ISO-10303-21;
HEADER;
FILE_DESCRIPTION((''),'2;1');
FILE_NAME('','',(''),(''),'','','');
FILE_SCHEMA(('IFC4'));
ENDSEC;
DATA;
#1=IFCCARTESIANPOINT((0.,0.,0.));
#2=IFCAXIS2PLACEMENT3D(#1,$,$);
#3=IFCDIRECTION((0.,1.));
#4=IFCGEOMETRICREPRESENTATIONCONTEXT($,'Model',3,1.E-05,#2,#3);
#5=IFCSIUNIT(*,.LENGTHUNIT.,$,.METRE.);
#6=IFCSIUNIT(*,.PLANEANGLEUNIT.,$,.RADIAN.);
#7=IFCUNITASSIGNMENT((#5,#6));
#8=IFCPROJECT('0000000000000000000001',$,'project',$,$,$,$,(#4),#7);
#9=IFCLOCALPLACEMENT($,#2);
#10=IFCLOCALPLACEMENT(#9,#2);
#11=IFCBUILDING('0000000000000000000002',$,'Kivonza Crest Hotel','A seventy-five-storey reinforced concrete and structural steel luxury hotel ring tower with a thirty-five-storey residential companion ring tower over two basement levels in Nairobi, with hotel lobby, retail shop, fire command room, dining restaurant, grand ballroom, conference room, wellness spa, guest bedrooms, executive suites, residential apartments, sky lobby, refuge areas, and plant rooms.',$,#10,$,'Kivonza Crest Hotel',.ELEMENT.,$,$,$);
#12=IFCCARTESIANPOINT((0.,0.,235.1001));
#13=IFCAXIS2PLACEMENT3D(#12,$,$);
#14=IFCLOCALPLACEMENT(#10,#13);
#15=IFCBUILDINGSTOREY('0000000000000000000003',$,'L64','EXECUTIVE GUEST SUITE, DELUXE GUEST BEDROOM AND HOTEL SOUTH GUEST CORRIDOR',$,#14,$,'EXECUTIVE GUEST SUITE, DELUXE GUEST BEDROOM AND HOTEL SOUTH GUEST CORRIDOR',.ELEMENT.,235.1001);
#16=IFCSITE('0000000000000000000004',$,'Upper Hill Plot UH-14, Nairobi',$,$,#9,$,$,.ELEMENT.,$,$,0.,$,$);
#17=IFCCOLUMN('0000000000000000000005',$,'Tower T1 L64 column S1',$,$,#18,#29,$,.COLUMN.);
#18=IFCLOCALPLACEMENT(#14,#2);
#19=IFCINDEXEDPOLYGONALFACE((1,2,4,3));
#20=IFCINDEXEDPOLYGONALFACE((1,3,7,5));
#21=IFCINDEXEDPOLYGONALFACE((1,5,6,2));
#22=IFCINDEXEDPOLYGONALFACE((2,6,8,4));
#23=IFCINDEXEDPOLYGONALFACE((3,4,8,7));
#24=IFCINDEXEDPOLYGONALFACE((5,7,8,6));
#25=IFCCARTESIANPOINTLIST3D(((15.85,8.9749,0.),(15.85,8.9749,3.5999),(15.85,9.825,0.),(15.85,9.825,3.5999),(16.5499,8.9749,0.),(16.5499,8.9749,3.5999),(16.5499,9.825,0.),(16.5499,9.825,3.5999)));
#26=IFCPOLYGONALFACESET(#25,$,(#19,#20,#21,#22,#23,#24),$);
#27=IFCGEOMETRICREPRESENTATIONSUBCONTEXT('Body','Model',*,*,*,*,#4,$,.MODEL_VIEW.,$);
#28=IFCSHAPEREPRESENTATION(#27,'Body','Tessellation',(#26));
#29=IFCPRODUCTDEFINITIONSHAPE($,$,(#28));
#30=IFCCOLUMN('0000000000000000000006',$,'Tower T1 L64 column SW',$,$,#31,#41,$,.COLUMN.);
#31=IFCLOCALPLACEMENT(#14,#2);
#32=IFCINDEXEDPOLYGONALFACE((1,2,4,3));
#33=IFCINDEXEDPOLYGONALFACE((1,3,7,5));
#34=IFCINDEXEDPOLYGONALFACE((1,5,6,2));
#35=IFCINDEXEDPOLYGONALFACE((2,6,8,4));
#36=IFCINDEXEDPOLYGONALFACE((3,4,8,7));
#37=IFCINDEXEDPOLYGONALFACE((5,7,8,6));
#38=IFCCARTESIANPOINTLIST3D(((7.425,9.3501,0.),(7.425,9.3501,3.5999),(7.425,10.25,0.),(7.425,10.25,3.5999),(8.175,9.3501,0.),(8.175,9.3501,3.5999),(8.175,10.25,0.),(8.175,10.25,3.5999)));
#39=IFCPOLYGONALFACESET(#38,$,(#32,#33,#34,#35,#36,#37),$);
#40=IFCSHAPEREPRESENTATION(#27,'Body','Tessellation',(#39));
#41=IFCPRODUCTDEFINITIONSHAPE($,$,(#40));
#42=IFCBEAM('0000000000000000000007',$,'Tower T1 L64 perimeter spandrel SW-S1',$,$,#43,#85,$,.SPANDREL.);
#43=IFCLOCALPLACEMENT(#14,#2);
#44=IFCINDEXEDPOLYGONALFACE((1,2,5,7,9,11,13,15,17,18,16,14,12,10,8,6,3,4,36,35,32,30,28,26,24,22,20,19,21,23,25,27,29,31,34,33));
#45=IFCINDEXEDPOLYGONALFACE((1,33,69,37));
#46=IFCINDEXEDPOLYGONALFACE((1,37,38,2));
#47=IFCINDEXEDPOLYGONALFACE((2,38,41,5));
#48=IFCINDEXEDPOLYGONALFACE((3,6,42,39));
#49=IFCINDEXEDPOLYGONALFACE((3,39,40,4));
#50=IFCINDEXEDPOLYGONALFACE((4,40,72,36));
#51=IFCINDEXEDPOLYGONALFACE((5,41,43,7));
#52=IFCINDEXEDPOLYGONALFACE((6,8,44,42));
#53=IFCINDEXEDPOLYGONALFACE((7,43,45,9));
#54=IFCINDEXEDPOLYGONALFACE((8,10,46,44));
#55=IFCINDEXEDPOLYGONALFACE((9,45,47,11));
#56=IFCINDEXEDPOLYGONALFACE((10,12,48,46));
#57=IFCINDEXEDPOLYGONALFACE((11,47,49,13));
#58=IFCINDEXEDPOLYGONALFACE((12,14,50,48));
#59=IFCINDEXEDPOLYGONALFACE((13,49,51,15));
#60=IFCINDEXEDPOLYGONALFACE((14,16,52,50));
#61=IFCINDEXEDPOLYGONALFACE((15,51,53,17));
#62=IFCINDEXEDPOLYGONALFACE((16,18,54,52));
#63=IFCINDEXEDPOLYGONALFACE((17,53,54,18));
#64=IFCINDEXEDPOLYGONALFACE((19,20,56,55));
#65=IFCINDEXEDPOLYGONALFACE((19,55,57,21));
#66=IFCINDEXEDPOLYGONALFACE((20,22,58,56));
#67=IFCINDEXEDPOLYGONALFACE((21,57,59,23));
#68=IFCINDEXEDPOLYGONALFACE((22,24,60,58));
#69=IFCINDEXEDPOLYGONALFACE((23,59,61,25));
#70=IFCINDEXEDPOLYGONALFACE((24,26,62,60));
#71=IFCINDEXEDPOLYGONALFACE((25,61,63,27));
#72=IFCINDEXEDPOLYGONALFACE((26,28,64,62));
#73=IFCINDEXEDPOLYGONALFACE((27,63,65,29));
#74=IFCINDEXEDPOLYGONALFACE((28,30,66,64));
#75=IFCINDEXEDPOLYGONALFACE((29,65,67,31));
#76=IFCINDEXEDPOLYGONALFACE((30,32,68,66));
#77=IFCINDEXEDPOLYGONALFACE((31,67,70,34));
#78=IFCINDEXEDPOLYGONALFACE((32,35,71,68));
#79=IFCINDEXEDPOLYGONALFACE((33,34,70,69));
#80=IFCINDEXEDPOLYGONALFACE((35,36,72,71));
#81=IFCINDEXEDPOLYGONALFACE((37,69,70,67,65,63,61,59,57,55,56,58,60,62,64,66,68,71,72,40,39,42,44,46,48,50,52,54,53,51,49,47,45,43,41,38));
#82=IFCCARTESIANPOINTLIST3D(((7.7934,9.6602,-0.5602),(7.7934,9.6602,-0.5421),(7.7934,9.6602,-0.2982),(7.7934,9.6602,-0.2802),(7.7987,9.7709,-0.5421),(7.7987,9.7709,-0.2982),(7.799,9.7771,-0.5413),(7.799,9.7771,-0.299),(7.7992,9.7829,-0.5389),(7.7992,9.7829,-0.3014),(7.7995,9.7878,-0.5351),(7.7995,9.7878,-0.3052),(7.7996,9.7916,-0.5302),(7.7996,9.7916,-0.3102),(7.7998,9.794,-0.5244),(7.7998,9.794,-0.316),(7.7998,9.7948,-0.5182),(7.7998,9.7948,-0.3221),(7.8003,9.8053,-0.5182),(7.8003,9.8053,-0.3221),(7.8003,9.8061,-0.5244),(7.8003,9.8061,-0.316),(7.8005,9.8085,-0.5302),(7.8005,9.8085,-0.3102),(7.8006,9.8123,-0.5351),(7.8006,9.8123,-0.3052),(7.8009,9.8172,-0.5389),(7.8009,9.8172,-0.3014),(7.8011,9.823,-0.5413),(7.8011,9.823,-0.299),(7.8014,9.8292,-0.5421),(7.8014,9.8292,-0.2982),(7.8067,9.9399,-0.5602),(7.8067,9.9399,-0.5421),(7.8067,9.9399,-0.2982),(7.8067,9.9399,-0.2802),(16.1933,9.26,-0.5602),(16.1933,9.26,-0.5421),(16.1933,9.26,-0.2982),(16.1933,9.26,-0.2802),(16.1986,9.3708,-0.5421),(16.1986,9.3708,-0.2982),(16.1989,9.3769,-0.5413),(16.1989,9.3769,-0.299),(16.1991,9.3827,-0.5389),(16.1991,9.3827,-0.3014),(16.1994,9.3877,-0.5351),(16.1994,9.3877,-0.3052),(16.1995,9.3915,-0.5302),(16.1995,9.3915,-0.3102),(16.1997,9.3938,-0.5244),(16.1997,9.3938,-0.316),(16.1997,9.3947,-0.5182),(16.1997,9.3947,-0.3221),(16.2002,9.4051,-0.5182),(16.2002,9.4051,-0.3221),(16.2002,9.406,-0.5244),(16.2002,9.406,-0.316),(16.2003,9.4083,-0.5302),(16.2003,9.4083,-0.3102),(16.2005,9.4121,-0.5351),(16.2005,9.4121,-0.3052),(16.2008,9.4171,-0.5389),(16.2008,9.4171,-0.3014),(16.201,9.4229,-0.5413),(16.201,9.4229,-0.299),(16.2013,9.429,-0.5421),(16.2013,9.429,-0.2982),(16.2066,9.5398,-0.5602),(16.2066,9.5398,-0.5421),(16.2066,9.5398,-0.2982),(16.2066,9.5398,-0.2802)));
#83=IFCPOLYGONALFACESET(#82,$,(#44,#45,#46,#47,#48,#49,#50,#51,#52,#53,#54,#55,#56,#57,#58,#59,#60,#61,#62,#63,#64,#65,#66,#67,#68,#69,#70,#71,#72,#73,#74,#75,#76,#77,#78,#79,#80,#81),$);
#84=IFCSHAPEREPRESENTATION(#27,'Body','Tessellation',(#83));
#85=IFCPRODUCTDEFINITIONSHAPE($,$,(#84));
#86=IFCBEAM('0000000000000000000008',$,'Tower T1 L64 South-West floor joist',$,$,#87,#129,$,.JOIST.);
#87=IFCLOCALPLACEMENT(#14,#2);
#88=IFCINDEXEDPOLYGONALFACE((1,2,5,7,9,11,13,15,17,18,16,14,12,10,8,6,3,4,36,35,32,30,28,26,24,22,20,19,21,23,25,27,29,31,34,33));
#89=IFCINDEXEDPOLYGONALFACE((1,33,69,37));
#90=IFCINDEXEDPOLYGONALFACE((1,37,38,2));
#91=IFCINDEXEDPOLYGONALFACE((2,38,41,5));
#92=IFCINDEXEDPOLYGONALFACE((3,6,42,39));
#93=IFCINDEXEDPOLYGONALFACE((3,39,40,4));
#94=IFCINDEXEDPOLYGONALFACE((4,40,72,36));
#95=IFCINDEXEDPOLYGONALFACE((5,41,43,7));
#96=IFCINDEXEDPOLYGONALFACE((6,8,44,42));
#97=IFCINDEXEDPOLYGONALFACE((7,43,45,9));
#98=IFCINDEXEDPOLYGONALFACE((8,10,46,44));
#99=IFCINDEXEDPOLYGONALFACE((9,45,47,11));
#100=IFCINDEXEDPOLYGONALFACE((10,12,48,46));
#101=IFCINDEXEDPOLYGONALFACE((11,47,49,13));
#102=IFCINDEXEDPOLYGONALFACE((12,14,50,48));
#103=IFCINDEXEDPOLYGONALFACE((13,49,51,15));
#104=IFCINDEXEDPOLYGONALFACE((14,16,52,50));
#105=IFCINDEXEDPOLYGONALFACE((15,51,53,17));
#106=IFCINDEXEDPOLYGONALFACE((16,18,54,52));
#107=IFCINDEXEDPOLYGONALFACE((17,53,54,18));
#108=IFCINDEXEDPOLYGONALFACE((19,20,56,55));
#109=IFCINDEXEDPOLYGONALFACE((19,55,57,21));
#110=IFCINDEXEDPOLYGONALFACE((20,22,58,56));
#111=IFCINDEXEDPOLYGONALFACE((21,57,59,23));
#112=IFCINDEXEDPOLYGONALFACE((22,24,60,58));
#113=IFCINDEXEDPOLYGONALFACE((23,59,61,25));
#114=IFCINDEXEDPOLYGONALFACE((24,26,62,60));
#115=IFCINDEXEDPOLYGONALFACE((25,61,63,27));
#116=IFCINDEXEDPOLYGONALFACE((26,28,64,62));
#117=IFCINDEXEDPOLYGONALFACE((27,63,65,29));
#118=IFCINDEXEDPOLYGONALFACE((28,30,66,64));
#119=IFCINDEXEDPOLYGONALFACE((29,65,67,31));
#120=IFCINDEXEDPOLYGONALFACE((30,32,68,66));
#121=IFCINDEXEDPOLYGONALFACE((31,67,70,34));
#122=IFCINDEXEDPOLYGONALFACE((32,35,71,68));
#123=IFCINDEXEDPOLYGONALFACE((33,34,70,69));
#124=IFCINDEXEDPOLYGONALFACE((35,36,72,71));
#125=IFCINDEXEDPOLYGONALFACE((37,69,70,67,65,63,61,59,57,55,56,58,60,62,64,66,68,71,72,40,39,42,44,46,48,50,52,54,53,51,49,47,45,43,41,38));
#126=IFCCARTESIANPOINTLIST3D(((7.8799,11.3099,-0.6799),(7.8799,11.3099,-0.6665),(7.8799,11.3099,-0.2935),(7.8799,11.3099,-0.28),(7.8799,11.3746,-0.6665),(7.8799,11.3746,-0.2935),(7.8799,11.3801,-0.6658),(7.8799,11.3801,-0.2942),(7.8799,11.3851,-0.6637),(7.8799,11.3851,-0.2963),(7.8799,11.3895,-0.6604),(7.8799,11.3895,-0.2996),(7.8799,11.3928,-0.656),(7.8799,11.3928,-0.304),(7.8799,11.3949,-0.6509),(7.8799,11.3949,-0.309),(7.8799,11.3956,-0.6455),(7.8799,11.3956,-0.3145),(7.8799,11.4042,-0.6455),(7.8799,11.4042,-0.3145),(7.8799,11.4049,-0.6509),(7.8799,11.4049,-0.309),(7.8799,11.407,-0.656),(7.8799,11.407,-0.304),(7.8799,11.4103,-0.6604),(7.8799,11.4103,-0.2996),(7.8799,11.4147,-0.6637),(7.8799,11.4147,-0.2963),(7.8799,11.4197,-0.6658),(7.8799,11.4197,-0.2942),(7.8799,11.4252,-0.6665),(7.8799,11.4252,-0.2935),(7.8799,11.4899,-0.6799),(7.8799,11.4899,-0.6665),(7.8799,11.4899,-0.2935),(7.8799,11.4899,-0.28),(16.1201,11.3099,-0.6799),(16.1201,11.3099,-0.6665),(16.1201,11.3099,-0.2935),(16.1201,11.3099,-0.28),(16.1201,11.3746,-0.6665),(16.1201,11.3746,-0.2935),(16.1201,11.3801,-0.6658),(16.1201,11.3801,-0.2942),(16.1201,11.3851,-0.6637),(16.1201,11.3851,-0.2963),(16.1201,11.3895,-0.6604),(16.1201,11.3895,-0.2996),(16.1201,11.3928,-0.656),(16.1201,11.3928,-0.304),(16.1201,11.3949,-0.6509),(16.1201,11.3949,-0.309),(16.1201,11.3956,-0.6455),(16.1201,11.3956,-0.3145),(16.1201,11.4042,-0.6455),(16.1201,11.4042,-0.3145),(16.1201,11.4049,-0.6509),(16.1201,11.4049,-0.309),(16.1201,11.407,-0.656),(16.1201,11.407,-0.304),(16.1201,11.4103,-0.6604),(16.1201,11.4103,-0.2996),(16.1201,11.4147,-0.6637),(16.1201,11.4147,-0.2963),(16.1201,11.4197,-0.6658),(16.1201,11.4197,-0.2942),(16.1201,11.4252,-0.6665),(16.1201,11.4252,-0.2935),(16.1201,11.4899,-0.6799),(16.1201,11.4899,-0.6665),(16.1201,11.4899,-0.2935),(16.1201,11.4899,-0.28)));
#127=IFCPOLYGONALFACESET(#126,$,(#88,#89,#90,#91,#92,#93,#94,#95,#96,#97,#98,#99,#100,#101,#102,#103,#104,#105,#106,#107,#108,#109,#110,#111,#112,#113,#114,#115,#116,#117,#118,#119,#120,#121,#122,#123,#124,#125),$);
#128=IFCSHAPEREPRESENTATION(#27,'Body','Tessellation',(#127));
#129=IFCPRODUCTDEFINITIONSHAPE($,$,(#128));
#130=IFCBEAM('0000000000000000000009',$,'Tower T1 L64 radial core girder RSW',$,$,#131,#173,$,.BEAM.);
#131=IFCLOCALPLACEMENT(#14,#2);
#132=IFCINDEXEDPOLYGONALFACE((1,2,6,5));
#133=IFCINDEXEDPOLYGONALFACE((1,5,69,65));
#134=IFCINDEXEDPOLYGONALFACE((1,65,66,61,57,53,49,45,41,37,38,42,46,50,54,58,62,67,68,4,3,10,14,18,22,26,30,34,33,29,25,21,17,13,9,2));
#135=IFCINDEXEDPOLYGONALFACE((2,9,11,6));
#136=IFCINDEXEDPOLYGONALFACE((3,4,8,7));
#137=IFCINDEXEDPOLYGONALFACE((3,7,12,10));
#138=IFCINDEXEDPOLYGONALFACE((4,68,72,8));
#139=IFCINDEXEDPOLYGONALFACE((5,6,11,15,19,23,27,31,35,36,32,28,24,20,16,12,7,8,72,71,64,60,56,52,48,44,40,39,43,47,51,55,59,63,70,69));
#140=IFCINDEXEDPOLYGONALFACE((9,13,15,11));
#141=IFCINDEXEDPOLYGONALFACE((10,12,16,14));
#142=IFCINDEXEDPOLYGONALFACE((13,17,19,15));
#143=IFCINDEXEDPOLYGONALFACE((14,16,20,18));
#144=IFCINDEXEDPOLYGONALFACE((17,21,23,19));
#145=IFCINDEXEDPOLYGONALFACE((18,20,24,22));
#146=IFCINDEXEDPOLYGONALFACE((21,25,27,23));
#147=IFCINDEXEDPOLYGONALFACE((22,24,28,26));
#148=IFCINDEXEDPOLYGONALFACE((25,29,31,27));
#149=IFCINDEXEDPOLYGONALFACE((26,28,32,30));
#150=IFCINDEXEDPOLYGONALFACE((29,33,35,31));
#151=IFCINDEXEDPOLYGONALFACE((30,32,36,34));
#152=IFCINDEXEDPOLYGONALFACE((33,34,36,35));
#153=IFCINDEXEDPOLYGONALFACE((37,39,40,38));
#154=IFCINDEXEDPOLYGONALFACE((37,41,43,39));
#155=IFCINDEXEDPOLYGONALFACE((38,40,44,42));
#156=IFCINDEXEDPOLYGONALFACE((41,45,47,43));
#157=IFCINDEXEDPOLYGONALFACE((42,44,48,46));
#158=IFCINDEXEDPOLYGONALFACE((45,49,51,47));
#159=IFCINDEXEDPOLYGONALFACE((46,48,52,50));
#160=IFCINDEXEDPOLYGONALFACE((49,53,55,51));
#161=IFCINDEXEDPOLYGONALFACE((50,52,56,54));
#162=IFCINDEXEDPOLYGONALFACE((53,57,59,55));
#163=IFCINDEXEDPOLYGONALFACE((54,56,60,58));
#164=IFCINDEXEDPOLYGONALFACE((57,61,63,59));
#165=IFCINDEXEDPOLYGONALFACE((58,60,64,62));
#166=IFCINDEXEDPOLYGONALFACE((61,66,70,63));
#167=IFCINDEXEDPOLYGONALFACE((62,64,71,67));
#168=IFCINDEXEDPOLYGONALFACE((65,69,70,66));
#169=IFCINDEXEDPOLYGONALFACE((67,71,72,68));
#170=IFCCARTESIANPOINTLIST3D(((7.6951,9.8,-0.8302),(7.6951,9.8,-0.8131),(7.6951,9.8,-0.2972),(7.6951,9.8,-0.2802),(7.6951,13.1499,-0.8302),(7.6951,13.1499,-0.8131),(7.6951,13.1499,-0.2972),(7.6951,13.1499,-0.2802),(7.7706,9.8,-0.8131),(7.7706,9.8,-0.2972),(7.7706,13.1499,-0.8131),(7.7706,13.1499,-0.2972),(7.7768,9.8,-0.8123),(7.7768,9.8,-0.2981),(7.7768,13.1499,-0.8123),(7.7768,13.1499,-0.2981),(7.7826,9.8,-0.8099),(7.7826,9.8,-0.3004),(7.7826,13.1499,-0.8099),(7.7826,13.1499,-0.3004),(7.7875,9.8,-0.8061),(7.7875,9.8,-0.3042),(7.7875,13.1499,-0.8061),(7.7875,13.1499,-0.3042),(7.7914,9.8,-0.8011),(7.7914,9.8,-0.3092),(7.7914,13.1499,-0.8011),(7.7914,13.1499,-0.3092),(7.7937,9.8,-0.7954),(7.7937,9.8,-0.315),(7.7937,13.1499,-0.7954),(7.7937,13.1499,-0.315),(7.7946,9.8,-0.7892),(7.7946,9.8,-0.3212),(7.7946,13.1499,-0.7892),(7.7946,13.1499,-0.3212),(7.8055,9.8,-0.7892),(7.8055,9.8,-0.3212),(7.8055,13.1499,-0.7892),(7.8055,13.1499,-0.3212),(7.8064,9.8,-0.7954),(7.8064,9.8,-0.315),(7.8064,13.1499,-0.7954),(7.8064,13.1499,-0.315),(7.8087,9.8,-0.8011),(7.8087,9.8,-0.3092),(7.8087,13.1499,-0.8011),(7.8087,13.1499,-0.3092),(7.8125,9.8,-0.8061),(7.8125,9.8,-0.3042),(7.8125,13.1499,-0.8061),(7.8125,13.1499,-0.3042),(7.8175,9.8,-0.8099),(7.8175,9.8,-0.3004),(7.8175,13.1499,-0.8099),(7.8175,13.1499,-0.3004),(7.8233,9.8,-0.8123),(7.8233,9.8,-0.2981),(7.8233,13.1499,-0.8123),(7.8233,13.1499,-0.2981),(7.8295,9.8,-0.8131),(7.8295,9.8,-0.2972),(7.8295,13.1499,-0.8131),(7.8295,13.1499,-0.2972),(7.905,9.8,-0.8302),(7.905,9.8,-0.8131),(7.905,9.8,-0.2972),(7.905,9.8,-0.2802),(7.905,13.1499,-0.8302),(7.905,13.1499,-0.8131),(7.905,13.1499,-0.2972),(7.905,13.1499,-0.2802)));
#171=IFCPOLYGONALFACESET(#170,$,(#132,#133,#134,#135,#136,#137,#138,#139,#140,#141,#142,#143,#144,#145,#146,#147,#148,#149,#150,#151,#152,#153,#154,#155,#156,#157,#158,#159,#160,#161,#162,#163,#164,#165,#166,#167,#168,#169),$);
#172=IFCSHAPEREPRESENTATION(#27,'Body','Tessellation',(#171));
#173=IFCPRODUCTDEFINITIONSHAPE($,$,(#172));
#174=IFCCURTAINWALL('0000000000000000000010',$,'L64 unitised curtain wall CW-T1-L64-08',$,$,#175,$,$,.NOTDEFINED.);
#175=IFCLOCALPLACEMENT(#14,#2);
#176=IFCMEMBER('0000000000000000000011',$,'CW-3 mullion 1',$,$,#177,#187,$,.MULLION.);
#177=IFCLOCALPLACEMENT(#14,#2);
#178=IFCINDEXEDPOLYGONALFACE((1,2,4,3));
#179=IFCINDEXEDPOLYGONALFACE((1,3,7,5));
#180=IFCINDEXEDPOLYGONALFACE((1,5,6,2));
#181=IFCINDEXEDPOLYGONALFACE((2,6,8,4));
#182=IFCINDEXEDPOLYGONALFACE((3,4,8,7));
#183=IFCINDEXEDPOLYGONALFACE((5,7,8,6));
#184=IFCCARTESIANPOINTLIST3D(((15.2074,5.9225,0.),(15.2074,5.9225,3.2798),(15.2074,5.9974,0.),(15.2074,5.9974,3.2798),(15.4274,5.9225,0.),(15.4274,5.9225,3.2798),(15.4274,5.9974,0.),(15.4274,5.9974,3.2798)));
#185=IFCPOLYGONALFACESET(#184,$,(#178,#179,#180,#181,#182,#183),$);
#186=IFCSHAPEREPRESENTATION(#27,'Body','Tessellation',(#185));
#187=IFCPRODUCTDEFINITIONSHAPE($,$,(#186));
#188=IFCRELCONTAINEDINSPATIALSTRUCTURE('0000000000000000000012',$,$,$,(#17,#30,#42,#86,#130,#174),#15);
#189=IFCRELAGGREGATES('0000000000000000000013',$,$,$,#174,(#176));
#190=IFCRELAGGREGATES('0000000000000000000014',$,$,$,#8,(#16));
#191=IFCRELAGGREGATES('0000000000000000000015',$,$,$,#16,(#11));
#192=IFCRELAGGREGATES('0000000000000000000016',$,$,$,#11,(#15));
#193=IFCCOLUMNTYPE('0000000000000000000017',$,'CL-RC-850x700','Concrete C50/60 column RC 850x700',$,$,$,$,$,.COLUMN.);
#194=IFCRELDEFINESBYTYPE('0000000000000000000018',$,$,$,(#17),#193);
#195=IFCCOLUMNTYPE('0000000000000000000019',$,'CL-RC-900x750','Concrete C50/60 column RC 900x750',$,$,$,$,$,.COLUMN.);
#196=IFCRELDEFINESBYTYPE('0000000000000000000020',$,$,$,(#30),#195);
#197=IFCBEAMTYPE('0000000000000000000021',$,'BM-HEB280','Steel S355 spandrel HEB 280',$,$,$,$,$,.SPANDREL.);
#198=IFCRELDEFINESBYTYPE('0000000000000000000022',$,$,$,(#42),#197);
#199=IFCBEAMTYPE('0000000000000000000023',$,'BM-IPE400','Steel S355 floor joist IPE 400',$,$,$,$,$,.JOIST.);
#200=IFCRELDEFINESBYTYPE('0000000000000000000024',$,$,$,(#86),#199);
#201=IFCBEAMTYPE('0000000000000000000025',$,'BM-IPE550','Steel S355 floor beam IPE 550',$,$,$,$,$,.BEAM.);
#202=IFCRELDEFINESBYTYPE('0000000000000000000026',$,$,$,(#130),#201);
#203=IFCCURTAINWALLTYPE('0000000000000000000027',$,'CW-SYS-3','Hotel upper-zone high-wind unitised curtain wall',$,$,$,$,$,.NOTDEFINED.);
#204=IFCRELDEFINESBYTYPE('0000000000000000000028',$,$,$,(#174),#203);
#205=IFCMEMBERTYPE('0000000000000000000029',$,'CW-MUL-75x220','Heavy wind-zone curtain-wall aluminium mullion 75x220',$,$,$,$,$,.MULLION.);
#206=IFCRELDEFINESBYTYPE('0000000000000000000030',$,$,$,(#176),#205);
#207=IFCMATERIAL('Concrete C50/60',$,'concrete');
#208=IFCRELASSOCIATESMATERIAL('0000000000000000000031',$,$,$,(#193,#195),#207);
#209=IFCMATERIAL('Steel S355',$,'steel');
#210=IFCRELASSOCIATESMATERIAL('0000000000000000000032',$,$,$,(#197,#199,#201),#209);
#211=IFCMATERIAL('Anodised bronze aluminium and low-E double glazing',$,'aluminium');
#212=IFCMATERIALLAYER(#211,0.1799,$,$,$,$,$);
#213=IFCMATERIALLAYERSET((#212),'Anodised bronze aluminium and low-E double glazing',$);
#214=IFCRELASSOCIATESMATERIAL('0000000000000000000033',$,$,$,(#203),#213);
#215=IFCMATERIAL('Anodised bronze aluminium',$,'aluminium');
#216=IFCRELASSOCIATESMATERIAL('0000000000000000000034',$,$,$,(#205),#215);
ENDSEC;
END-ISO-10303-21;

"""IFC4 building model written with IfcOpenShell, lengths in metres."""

from ifc_helpers import new_model, si_unit, direction, frame, origin, origin_2d, place, context, subcontext, project, spatial, rectangle, i_section, extrude, material, layer, layer_set, material_profile, profile_set, type_object, element, aggregate, save


model = new_model("IFC4")

# Units and contexts
model_context = context("Model", 3, precision=1e-05, world=origin(), true_north=direction((0.0, 1.0)))
body_context = subcontext(model_context, "Body", "Model", "MODEL_VIEW")
ifc_project = project(units=[si_unit("LENGTHUNIT", "METRE"), si_unit("PLANEANGLEUNIT", "RADIAN")], contexts=[model_context])

# Site, building, storey
site_placement = place(None, origin())
site = spatial("IfcSite", under=ifc_project, at=site_placement, Name="Upper Hill Plot UH-14, Nairobi", CompositionType="ELEMENT", RefElevation=0.0)
building_placement = place(site_placement, origin())
building = spatial("IfcBuilding", under=site, at=building_placement, Name="Kivonza Crest Hotel", Description="A seventy-five-storey reinforced concrete and structural steel luxury hotel ring tower with a thirty-five-storey residential companion ring tower over two basement levels in Nairobi, with hotel lobby, retail shop, fire command room, dining restaurant, grand ballroom, conference room, wellness spa, guest bedrooms, executive suites, residential apartments, sky lobby, refuge areas, and plant rooms.", LongName="Kivonza Crest Hotel", CompositionType="ELEMENT")
storey_placement = place(building_placement, frame((0.0, 0.0, 235.1001)))
storey = spatial("IfcBuildingStorey", under=building, at=storey_placement, Name="L64", Description="EXECUTIVE GUEST SUITE, DELUXE GUEST BEDROOM AND HOTEL SOUTH GUEST CORRIDOR", LongName="EXECUTIVE GUEST SUITE, DELUXE GUEST BEDROOM AND HOTEL SOUTH GUEST CORRIDOR", CompositionType="ELEMENT", Elevation=235.1001)

# Columns
ifc_material_1 = material(Name="Concrete C50/60", Category="concrete")
ifc_material_profile_1 = material_profile(ifc_material_1, rectangle(XDim=0.7, YDim=0.8501, at=origin_2d()), Name="RC 850x700")
ifc_profile_set_1 = profile_set([ifc_material_profile_1], Name="Concrete C50/60")
column_type_1 = type_object("IfcColumnType", Name="CL-RC-850x700", Description="Concrete C50/60 column RC 850x700", PredefinedType="COLUMN", material=ifc_profile_set_1)
column_1_placement = place(storey_placement, frame((16.2, 9.3999, 0.0), z_axis=(0.0, 0.0, 1.0), x_axis=(1.0, 0.0, 0.0)))
element("IfcColumn", 1, at=column_1_placement, inside=storey, type_object=column_type_1, Name="Tower T1 L64 column S1", PredefinedType="COLUMN", context=body_context, shape_type="SweptSolid", body=[
    extrude(rectangle(XDim=0.7, YDim=0.8501, at=origin_2d()), origin(), (0.0, 0.0, 1.0), 3.5999),
])
ifc_material_profile_2 = material_profile(ifc_material_1, rectangle(XDim=0.75, YDim=0.8999, at=origin_2d()), Name="RC 900x750")
ifc_profile_set_2 = profile_set([ifc_material_profile_2], Name="Concrete C50/60")
column_type_2 = type_object("IfcColumnType", Name="CL-RC-900x750", Description="Concrete C50/60 column RC 900x750", PredefinedType="COLUMN", material=ifc_profile_set_2)
column_2_placement = place(storey_placement, frame((7.8, 9.8, 0.0), z_axis=(0.0, 0.0, 1.0), x_axis=(1.0, 0.0, 0.0)))
element("IfcColumn", 2, at=column_2_placement, inside=storey, type_object=column_type_2, Name="Tower T1 L64 column SW", PredefinedType="COLUMN", context=body_context, shape_type="SweptSolid", body=[
    extrude(rectangle(XDim=0.75, YDim=0.8999, at=origin_2d()), origin(), (0.0, 0.0, 1.0), 3.5999),
])

# Beams
ifc_material_2 = material(Name="Steel S355", Category="steel")
ifc_material_profile_3 = material_profile(ifc_material_2, i_section(OverallWidth=0.28, OverallDepth=0.28, WebThickness=0.0105, FlangeThickness=0.0181, FilletRadius=0.0239, at=origin_2d()), Name="HEB 280")
ifc_profile_set_3 = profile_set([ifc_material_profile_3], Name="Steel S355")
beam_type_1 = type_object("IfcBeamType", Name="BM-HEB280", Description="Steel S355 spandrel HEB 280", PredefinedType="SPANDREL", material=ifc_profile_set_3)
beam_1_placement = place(storey_placement, frame((7.8, 9.8, -0.4202), z_axis=(0.998867, -0.047583, 0.0), x_axis=(0.047583, 0.998867, 0.0)))
element("IfcBeam", 3, at=beam_1_placement, inside=storey, type_object=beam_type_1, Name="Tower T1 L64 perimeter spandrel SW-S1", PredefinedType="SPANDREL", context=body_context, shape_type="SweptSolid", body=[
    extrude(i_section(OverallWidth=0.28, OverallDepth=0.28, WebThickness=0.0105, FlangeThickness=0.0181, FilletRadius=0.0239, at=origin_2d()), origin(), (0.0, 0.0, 1.0), 8.4094),
])
ifc_material_profile_4 = material_profile(ifc_material_2, i_section(OverallWidth=0.1799, OverallDepth=0.3999, WebThickness=0.0085, FlangeThickness=0.0134, FilletRadius=0.021, at=origin_2d()), Name="IPE 400")
ifc_profile_set_4 = profile_set([ifc_material_profile_4], Name="Steel S355")
beam_type_2 = type_object("IfcBeamType", Name="BM-IPE400", Description="Steel S355 floor joist IPE 400", PredefinedType="JOIST", material=ifc_profile_set_4)
beam_2_placement = place(storey_placement, frame((7.8799, 11.3999, -0.48), z_axis=(1.0, 0.0, 0.0), x_axis=(0.0, 1.0, 0.0)))
element("IfcBeam", 4, at=beam_2_placement, inside=storey, type_object=beam_type_2, Name="Tower T1 L64 South-West floor joist", PredefinedType="JOIST", context=body_context, shape_type="SweptSolid", body=[
    extrude(i_section(OverallWidth=0.1799, OverallDepth=0.3999, WebThickness=0.0085, FlangeThickness=0.0134, FilletRadius=0.021, at=origin_2d()), origin(), (0.0, 0.0, 1.0), 8.2402),
])
ifc_material_profile_5 = material_profile(ifc_material_2, i_section(OverallWidth=0.21, OverallDepth=0.55, WebThickness=0.011, FlangeThickness=0.0171, FilletRadius=0.0239, at=origin_2d()), Name="IPE 550")
ifc_profile_set_5 = profile_set([ifc_material_profile_5], Name="Steel S355")
beam_type_3 = type_object("IfcBeamType", Name="BM-IPE550", Description="Steel S355 floor beam IPE 550", PredefinedType="BEAM", material=ifc_profile_set_5)
beam_3_placement = place(storey_placement, frame((7.8, 9.8, -0.5552), z_axis=(0.0, 1.0, 0.0), x_axis=(-1.0, 0.0, 0.0)))
element("IfcBeam", 5, at=beam_3_placement, inside=storey, type_object=beam_type_3, Name="Tower T1 L64 radial core girder RSW", PredefinedType="BEAM", context=body_context, shape_type="SweptSolid", body=[
    extrude(i_section(OverallWidth=0.21, OverallDepth=0.55, WebThickness=0.011, FlangeThickness=0.0171, FilletRadius=0.0239, at=origin_2d()), origin(), (0.0, 0.0, 1.0), 3.3499),
])

# Curtain wall, member
ifc_material_3 = material(Name="Anodised bronze aluminium and low-E double glazing", Category="aluminium")
ifc_layer_1 = layer(ifc_material_3, 0.1799)
ifc_layer_set_1 = layer_set([ifc_layer_1], Name="Anodised bronze aluminium and low-E double glazing")
curtain_wall_type = type_object("IfcCurtainWallType", Name="CW-SYS-3", Description="Hotel upper-zone high-wind unitised curtain wall", PredefinedType="NOTDEFINED", material=ifc_layer_set_1)
curtain_wall_placement = place(storey_placement, origin())
curtain_wall = element("IfcCurtainWall", 6, at=curtain_wall_placement, inside=storey, type_object=curtain_wall_type, Name="L64 unitised curtain wall CW-T1-L64-08", PredefinedType="NOTDEFINED")
ifc_material_4 = material(Name="Anodised bronze aluminium", Category="aluminium")
ifc_material_profile_6 = material_profile(ifc_material_4, rectangle(XDim=0.075, YDim=0.22, at=origin_2d()), Name="CW-M 75x220")
ifc_profile_set_6 = profile_set([ifc_material_profile_6], Name="Anodised bronze aluminium")
member_type_1 = type_object("IfcMemberType", Name="CW-MUL-75x220", Description="Heavy wind-zone curtain-wall aluminium mullion 75x220", PredefinedType="MULLION", material=ifc_profile_set_6)
member_1_placement = place(storey_placement, frame((15.3174, 5.96, 0.0), z_axis=(0.0, 0.0, 1.0), x_axis=(0.0, 1.0, 0.0)))
member_1 = element("IfcMember", 7, at=member_1_placement, type_object=member_type_1, Name="CW-3 mullion 1", PredefinedType="MULLION", context=body_context, shape_type="SweptSolid", body=[
    extrude(rectangle(XDim=0.075, YDim=0.22, at=origin_2d()), origin(), (0.0, 0.0, 1.0), 3.2798),
])
aggregate(curtain_wall, [member_1])

save(model, "model.ifc")
